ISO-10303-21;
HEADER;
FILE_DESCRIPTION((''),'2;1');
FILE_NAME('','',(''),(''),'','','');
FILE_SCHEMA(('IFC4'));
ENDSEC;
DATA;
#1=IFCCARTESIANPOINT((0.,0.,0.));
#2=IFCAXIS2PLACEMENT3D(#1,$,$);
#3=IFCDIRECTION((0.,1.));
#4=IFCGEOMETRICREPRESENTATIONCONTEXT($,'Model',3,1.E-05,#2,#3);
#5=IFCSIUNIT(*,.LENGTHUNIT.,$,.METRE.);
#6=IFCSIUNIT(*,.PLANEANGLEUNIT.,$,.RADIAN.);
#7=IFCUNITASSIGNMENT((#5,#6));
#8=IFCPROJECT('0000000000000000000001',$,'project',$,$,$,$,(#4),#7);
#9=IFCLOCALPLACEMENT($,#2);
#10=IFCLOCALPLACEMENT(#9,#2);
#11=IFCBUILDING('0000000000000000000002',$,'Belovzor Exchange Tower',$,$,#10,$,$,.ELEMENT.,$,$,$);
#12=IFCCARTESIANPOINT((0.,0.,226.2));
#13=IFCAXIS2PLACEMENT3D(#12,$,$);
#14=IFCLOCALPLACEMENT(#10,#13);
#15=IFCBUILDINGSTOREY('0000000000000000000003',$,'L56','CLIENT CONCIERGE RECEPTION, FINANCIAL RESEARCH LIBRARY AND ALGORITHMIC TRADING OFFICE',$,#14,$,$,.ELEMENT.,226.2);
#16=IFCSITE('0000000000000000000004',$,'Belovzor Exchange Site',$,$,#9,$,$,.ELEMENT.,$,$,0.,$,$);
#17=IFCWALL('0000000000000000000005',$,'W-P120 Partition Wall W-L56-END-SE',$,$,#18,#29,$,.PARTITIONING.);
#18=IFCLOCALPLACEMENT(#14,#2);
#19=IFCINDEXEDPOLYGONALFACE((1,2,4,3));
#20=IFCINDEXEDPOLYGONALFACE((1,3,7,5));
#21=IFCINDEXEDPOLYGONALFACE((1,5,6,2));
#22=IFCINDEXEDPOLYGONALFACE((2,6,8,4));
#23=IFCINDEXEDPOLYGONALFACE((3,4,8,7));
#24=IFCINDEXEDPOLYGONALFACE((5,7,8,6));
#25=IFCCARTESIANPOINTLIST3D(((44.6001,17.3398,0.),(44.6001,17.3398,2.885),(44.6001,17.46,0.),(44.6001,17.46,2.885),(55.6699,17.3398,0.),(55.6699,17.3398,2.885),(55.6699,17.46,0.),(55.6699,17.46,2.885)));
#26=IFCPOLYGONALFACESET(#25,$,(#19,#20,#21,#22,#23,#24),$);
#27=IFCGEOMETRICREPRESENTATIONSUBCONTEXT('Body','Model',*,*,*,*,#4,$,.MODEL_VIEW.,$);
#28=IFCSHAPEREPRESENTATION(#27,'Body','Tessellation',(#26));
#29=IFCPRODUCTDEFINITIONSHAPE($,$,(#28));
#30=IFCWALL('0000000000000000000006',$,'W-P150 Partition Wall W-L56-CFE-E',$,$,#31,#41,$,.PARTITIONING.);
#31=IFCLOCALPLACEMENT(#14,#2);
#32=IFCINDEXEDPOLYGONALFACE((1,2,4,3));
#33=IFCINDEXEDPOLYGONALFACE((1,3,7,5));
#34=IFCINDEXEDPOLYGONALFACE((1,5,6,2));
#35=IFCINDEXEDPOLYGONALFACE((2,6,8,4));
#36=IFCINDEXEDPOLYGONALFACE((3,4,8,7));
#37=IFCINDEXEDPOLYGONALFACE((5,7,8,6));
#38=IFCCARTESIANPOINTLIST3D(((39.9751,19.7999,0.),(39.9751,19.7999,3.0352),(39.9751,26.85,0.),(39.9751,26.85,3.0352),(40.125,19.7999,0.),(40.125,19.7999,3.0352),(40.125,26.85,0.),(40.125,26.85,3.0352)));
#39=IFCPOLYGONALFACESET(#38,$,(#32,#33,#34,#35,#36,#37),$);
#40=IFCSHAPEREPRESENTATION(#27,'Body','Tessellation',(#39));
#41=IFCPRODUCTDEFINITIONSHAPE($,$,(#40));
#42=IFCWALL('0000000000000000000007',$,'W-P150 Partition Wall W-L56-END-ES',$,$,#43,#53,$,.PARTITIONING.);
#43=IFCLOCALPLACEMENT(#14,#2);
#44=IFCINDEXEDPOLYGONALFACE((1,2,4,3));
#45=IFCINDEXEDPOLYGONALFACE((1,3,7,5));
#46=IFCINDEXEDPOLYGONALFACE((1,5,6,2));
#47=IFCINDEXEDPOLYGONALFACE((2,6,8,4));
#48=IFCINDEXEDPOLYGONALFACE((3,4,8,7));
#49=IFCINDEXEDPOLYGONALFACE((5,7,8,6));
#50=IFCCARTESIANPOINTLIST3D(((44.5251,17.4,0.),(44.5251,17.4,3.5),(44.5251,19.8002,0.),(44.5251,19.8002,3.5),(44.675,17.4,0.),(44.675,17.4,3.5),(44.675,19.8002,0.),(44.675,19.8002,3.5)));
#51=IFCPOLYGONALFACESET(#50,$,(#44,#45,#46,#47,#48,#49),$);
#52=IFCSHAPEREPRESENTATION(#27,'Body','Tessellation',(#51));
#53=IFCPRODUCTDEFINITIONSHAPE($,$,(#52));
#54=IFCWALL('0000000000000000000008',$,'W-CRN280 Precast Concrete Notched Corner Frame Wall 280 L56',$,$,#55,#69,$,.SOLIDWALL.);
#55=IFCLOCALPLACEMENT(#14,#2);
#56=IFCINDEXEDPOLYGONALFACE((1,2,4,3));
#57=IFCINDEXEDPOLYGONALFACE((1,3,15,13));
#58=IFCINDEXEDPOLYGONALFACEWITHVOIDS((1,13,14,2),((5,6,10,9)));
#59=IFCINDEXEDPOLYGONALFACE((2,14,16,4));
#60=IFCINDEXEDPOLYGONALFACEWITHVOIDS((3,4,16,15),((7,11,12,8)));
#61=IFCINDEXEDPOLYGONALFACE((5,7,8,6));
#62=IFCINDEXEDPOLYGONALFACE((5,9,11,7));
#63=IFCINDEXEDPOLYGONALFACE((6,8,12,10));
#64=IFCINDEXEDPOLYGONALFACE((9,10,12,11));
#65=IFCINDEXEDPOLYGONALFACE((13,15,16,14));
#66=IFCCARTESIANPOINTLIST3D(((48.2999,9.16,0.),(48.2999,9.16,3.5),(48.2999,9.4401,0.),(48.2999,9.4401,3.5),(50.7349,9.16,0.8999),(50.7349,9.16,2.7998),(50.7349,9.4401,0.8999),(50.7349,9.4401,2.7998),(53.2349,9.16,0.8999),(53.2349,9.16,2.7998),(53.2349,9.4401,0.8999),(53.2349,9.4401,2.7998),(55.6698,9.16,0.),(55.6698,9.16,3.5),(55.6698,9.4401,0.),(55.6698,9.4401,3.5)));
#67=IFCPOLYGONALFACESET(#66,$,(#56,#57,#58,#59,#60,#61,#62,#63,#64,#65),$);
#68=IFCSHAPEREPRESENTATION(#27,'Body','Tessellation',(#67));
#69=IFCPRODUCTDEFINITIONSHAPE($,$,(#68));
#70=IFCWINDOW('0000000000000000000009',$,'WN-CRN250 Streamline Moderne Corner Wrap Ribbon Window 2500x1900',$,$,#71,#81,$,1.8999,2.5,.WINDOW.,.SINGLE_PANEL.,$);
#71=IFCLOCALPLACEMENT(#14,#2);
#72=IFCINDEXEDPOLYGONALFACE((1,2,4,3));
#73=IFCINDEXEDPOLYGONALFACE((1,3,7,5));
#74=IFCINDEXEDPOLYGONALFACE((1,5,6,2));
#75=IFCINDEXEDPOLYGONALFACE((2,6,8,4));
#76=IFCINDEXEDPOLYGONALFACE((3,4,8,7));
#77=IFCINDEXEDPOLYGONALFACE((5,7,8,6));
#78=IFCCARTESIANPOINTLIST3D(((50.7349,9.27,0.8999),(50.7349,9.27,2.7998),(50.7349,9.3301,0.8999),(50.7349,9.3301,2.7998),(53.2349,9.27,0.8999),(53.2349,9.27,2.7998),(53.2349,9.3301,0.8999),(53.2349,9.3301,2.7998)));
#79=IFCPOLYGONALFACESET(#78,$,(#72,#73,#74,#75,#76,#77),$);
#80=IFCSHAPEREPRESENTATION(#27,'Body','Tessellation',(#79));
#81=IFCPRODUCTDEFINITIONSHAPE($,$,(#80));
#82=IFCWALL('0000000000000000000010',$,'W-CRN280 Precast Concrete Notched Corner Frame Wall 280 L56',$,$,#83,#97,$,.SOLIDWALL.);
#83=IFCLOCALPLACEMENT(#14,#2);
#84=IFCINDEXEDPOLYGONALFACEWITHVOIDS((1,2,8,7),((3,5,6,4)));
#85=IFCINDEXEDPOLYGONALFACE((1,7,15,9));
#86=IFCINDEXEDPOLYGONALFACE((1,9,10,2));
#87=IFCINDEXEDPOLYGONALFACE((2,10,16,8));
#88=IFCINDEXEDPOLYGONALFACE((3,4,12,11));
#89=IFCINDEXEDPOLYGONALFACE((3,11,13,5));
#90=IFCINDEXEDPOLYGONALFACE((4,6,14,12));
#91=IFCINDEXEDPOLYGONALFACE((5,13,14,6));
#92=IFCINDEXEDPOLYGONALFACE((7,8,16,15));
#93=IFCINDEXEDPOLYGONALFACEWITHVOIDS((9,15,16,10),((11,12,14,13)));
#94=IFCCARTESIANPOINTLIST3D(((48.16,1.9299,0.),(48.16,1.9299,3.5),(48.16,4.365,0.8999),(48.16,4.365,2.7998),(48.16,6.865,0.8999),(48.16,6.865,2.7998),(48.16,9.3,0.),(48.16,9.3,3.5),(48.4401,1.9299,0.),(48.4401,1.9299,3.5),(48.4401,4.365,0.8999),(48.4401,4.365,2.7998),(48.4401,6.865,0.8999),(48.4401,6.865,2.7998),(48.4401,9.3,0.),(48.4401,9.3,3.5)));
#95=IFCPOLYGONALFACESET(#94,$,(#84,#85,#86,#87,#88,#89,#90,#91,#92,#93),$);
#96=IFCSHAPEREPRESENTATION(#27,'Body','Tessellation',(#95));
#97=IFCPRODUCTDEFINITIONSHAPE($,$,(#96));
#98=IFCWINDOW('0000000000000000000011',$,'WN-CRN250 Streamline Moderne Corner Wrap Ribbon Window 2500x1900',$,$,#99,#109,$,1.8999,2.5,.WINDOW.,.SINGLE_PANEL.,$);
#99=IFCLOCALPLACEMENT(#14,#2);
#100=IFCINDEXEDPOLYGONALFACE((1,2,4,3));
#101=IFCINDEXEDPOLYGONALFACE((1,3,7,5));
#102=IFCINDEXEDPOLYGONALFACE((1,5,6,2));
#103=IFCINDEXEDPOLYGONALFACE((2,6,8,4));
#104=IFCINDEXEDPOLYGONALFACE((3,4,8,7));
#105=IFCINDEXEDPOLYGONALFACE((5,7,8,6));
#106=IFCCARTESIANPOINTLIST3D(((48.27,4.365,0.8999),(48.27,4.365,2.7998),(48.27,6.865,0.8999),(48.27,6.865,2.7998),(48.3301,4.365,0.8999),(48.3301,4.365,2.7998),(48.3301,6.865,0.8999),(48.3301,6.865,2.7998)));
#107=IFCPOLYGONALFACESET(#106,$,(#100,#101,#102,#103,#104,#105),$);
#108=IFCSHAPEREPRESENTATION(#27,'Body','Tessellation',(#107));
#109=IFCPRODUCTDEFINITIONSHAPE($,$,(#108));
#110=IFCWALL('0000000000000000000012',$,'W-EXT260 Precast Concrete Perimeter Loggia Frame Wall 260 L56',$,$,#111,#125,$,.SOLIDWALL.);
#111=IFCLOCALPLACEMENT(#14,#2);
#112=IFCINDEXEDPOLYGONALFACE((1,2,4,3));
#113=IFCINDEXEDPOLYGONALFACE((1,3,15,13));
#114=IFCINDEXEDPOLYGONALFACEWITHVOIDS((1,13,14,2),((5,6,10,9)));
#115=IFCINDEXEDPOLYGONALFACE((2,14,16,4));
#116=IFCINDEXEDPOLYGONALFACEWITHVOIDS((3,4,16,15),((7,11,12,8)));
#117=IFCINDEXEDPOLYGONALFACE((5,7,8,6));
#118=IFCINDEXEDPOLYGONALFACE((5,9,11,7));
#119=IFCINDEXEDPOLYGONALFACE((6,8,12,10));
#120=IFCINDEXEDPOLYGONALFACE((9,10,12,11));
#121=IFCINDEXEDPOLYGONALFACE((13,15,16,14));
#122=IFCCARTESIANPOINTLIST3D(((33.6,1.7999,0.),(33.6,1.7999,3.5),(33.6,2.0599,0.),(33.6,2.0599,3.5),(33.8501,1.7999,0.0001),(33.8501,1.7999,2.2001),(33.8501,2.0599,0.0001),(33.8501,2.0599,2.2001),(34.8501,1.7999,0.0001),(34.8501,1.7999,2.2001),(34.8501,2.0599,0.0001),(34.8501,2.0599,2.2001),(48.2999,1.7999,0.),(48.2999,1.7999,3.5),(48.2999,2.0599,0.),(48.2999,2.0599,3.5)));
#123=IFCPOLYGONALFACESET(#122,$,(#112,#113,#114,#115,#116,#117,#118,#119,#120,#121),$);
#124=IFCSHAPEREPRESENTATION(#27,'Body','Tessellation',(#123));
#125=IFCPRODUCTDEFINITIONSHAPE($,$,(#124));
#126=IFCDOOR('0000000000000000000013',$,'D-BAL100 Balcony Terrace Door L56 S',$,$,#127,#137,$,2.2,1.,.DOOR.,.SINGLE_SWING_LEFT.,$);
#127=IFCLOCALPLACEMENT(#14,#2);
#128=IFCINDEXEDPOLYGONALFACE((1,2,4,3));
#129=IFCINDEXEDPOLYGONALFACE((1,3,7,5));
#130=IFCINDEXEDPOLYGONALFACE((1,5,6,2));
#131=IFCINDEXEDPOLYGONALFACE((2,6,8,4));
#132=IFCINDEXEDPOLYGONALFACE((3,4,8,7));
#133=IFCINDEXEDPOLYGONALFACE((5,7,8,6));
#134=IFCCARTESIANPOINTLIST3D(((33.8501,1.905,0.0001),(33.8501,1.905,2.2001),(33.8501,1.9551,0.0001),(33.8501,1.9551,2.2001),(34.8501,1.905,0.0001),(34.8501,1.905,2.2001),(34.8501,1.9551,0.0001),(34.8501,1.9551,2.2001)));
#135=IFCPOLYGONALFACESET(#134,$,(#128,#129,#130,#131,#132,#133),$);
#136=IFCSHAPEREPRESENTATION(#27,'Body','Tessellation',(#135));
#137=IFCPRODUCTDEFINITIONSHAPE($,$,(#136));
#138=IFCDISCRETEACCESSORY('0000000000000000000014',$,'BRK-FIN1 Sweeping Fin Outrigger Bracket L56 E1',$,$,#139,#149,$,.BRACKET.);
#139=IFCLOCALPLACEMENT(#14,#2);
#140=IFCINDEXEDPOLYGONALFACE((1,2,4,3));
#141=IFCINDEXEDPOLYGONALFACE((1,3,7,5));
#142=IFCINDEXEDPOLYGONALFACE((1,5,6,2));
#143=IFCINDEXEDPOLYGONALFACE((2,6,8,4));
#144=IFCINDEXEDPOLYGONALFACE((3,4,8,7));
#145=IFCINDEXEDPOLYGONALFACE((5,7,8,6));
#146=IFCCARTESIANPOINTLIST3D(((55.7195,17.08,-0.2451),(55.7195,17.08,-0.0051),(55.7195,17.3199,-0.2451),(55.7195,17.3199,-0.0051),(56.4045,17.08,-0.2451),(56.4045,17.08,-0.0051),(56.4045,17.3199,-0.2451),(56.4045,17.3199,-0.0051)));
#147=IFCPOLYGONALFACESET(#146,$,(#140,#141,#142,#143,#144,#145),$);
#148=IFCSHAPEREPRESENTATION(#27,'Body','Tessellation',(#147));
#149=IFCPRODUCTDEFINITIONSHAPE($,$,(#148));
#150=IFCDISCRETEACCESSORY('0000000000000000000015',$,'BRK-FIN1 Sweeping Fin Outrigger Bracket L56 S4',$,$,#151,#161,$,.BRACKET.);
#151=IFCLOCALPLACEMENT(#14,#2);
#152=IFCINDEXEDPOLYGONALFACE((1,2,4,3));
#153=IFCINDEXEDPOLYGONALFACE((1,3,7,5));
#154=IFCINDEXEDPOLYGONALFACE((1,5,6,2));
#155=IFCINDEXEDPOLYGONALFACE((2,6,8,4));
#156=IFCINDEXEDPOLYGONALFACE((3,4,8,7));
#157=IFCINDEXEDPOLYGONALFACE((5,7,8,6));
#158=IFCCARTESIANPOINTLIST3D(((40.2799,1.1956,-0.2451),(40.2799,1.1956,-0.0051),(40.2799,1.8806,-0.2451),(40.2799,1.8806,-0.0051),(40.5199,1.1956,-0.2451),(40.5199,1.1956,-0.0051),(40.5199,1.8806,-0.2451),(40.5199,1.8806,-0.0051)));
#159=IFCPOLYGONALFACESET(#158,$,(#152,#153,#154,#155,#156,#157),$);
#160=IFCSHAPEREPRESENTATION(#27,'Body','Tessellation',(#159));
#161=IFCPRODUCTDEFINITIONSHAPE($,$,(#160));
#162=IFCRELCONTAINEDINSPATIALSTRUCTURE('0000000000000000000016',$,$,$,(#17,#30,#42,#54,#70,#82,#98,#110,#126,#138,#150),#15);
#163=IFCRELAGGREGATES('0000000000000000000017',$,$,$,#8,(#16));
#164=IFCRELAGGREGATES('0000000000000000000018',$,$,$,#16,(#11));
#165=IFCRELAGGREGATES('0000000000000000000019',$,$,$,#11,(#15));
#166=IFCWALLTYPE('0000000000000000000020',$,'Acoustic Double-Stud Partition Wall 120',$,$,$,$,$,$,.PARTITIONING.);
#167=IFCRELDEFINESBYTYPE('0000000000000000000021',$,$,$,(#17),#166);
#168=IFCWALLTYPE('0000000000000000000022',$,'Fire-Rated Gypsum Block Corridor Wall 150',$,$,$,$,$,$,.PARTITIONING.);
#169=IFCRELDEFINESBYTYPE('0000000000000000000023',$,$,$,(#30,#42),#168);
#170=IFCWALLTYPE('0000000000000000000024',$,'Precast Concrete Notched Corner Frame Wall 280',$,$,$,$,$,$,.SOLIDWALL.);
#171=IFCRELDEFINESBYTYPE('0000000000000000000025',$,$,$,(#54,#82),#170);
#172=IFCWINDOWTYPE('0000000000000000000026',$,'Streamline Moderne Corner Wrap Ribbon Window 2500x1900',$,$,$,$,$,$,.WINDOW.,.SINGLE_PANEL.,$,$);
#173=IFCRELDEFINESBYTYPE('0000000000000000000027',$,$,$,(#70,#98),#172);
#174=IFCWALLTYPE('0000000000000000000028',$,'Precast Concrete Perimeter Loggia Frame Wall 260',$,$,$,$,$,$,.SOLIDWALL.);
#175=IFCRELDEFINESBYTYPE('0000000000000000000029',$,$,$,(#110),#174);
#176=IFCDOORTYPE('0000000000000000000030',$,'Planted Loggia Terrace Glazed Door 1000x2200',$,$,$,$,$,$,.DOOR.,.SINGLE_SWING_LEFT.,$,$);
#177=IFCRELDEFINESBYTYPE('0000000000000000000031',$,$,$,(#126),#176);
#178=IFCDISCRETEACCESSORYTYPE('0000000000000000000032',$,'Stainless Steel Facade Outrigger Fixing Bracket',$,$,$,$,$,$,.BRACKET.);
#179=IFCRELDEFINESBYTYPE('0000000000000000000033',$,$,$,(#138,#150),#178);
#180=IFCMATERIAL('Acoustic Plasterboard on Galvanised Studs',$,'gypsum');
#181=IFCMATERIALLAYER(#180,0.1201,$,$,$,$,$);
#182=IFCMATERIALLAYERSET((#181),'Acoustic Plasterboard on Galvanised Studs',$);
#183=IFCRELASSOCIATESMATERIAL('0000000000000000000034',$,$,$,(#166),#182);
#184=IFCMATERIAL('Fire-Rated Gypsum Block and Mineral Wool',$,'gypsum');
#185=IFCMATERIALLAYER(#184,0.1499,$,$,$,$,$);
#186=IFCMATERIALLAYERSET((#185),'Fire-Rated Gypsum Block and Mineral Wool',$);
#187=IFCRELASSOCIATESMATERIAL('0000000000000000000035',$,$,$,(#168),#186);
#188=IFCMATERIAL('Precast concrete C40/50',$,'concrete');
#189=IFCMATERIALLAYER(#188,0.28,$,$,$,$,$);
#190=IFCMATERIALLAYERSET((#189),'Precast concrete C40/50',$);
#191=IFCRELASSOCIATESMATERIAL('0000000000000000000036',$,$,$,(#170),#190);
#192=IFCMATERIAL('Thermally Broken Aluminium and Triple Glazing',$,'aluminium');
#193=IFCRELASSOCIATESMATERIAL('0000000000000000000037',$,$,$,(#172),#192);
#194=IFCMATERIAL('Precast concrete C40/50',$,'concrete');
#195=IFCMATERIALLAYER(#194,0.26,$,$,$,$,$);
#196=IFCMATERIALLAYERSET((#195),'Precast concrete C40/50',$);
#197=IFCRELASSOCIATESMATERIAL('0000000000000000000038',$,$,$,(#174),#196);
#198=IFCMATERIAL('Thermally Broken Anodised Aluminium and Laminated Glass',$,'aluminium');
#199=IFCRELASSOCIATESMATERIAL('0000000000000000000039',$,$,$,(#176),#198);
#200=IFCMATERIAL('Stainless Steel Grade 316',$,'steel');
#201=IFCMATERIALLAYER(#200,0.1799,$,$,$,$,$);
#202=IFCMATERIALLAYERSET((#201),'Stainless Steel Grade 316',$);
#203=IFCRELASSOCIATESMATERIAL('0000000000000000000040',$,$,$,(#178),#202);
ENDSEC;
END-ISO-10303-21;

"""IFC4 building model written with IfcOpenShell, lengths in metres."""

from ifc_helpers import new_model, si_unit, direction, frame, frame_2d, origin, origin_2d, place, context, subcontext, project, spatial, rectangle, extrude, material, layer, layer_set, type_object, element, fill, save


model = new_model("IFC4")

# Units and contexts
model_context = context("Model", 3, precision=1e-05, world=origin(), true_north=direction((0.0, 1.0)))
body_context = subcontext(model_context, "Body", "Model", "MODEL_VIEW")
ifc_project = project(units=[si_unit("LENGTHUNIT", "METRE"), si_unit("PLANEANGLEUNIT", "RADIAN")], contexts=[model_context])

# Site, building, storey
site_placement = place(None, origin())
site = spatial("IfcSite", under=ifc_project, at=site_placement, Name="Belovzor Exchange Site", CompositionType="ELEMENT", RefElevation=0.0)
building_placement = place(site_placement, origin())
building = spatial("IfcBuilding", under=site, at=building_placement, Name="Belovzor Exchange Tower", CompositionType="ELEMENT")
storey_placement = place(building_placement, frame((0.0, 0.0, 226.2)))
storey = spatial("IfcBuildingStorey", under=building, at=storey_placement, Name="L56", Description="CLIENT CONCIERGE RECEPTION, FINANCIAL RESEARCH LIBRARY AND ALGORITHMIC TRADING OFFICE", CompositionType="ELEMENT", Elevation=226.2)

# Walls
ifc_material_1 = material(Name="Acoustic Plasterboard on Galvanised Studs", Category="gypsum")
ifc_layer_1 = layer(ifc_material_1, 0.1201)
ifc_layer_set_1 = layer_set([ifc_layer_1], Name="Acoustic Plasterboard on Galvanised Studs")
wall_type_1 = type_object("IfcWallType", Name="Acoustic Double-Stud Partition Wall 120", PredefinedType="PARTITIONING", material=ifc_layer_set_1)
wall_1_placement = place(storey_placement, frame((44.6001, 17.3999, 0.0), z_axis=(0.0, 0.0, 1.0), x_axis=(1.0, 0.0, 0.0)))
element("IfcWall", 1, at=wall_1_placement, inside=storey, type_object=wall_type_1, Name="W-P120 Partition Wall W-L56-END-SE", PredefinedType="PARTITIONING", context=body_context, shape_type="SweptSolid", body=[
    extrude(rectangle(XDim=11.0698, YDim=0.1201, at=frame_2d((5.5349, 0.0))), origin(), (0.0, 0.0, 1.0), 2.885),
])
ifc_material_2 = material(Name="Fire-Rated Gypsum Block and Mineral Wool", Category="gypsum")
ifc_layer_2 = layer(ifc_material_2, 0.1499)
ifc_layer_set_2 = layer_set([ifc_layer_2], Name="Fire-Rated Gypsum Block and Mineral Wool")
wall_type_2 = type_object("IfcWallType", Name="Fire-Rated Gypsum Block Corridor Wall 150", PredefinedType="PARTITIONING", material=ifc_layer_set_2)
wall_2_placement = place(storey_placement, frame((40.05, 19.8, 0.0), z_axis=(0.0, 0.0, 1.0), x_axis=(0.0, 1.0, 0.0)))
element("IfcWall", 2, at=wall_2_placement, inside=storey, type_object=wall_type_2, Name="W-P150 Partition Wall W-L56-CFE-E", PredefinedType="PARTITIONING", context=body_context, shape_type="SweptSolid", body=[
    extrude(rectangle(XDim=7.05, YDim=0.1499, at=frame_2d((3.5249, 0.0))), origin(), (0.0, 0.0, 1.0), 3.0352),
])
wall_3_placement = place(storey_placement, frame((44.6001, 17.3999, 0.0), z_axis=(0.0, 0.0, 1.0), x_axis=(0.0, 1.0, 0.0)))
element("IfcWall", 3, at=wall_3_placement, inside=storey, type_object=wall_type_2, Name="W-P150 Partition Wall W-L56-END-ES", PredefinedType="PARTITIONING", context=body_context, shape_type="SweptSolid", body=[
    extrude(rectangle(XDim=2.4001, YDim=0.1499, at=frame_2d((1.2002, 0.0))), origin(), (0.0, 0.0, 1.0), 3.5),
])

# Walls, openings, windows
ifc_material_3 = material(Name="Precast concrete C40/50", Category="concrete")
ifc_layer_3 = layer(ifc_material_3, 0.28)
ifc_layer_set_3 = layer_set([ifc_layer_3], Name="Precast concrete C40/50")
wall_type_3 = type_object("IfcWallType", Name="Precast Concrete Notched Corner Frame Wall 280", PredefinedType="SOLIDWALL", material=ifc_layer_set_3)
wall_4_placement = place(storey_placement, frame((55.6699, 9.3, 0.0), z_axis=(0.0, 0.0, 1.0), x_axis=(-1.0, 0.0, 0.0)))
wall_4 = element("IfcWall", 4, at=wall_4_placement, inside=storey, type_object=wall_type_3, Name="W-CRN280 Precast Concrete Notched Corner Frame Wall 280 L56", PredefinedType="SOLIDWALL", context=body_context, shape_type="SweptSolid", body=[
    extrude(rectangle(XDim=7.3699, YDim=0.28, at=frame_2d((3.6851, 0.0))), origin(), (0.0, 0.0, 1.0), 3.5),
])
opening_1_placement = place(wall_4_placement, frame((2.4351, 0.0, 0.8999)))
opening_1 = element("IfcOpeningElement", 5, at=opening_1_placement, cuts=wall_4, PredefinedType="OPENING", context=body_context, shape_type="SweptSolid", body=[
    extrude(rectangle(XDim=2.5, YDim=1.8999, at=frame_2d((1.25, 0.95))), frame((0.0, 0.1499, 0.0), z_axis=(0.0, -1.0, 0.0), x_axis=(1.0, 0.0, 0.0)), (0.0, 0.0, 1.0), 0.3),
])
ifc_material_4 = material(Name="Thermally Broken Aluminium and Triple Glazing", Category="aluminium")
window_type = type_object("IfcWindowType", Name="Streamline Moderne Corner Wrap Ribbon Window 2500x1900", PartitioningType="SINGLE_PANEL", PredefinedType="WINDOW", material=ifc_material_4)
window_1_placement = place(opening_1_placement, origin())
window_1 = element("IfcWindow", 6, at=window_1_placement, inside=storey, type_object=window_type, Name="WN-CRN250 Streamline Moderne Corner Wrap Ribbon Window 2500x1900", OverallHeight=1.8999, OverallWidth=2.5, PartitioningType="SINGLE_PANEL", PredefinedType="WINDOW", context=body_context, shape_type="SweptSolid", body=[
    extrude(rectangle(XDim=2.5, YDim=1.8999, at=frame_2d((1.25, 0.95))), frame((0.0, 0.03, 0.0), z_axis=(0.0, -1.0, 0.0), x_axis=(1.0, 0.0, 0.0)), (0.0, 0.0, 1.0), 0.0601),
])
fill(opening_1, window_1)
wall_5_placement = place(storey_placement, frame((48.3, 9.3, 0.0), z_axis=(0.0, 0.0, 1.0), x_axis=(0.0, -1.0, 0.0)))
wall_5 = element("IfcWall", 7, at=wall_5_placement, inside=storey, type_object=wall_type_3, Name="W-CRN280 Precast Concrete Notched Corner Frame Wall 280 L56", PredefinedType="SOLIDWALL", context=body_context, shape_type="SweptSolid", body=[
    extrude(rectangle(XDim=7.3701, YDim=0.28, at=frame_2d((3.6851, 0.0))), origin(), (0.0, 0.0, 1.0), 3.5),
])
opening_2_placement = place(wall_5_placement, frame((2.4351, 0.0, 0.8999)))
opening_2 = element("IfcOpeningElement", 8, at=opening_2_placement, cuts=wall_5, PredefinedType="OPENING", context=body_context, shape_type="SweptSolid", body=[
    extrude(rectangle(XDim=2.5, YDim=1.8999, at=frame_2d((1.25, 0.95))), frame((0.0, 0.1499, 0.0), z_axis=(0.0, -1.0, 0.0), x_axis=(1.0, 0.0, 0.0)), (0.0, 0.0, 1.0), 0.3),
])
window_2_placement = place(opening_2_placement, origin())
window_2 = element("IfcWindow", 9, at=window_2_placement, inside=storey, type_object=window_type, Name="WN-CRN250 Streamline Moderne Corner Wrap Ribbon Window 2500x1900", OverallHeight=1.8999, OverallWidth=2.5, PartitioningType="SINGLE_PANEL", PredefinedType="WINDOW", context=body_context, shape_type="SweptSolid", body=[
    extrude(rectangle(XDim=2.5, YDim=1.8999, at=frame_2d((1.25, 0.95))), frame((0.0, 0.03, 0.0), z_axis=(0.0, -1.0, 0.0), x_axis=(1.0, 0.0, 0.0)), (0.0, 0.0, 1.0), 0.0601),
])
fill(opening_2, window_2)

# Wall, opening, door
ifc_material_5 = material(Name="Precast concrete C40/50", Category="concrete")
ifc_layer_4 = layer(ifc_material_5, 0.26)
ifc_layer_set_4 = layer_set([ifc_layer_4], Name="Precast concrete C40/50")
wall_type_4 = type_object("IfcWallType", Name="Precast Concrete Perimeter Loggia Frame Wall 260", PredefinedType="SOLIDWALL", material=ifc_layer_set_4)
wall_6_placement = place(storey_placement, frame((48.3, 1.9299, 0.0), z_axis=(0.0, 0.0, 1.0), x_axis=(-1.0, 0.0, 0.0)))
wall_6 = element("IfcWall", 10, at=wall_6_placement, inside=storey, type_object=wall_type_4, Name="W-EXT260 Precast Concrete Perimeter Loggia Frame Wall 260 L56", PredefinedType="SOLIDWALL", context=body_context, shape_type="SweptSolid", body=[
    extrude(rectangle(XDim=14.7, YDim=0.26, at=frame_2d((7.3501, 0.0))), origin(), (0.0, 0.0, 1.0), 3.5),
])
opening_3_placement = place(wall_6_placement, frame((13.45, 0.0, 0.0)))
opening_3 = element("IfcOpeningElement", 11, at=opening_3_placement, cuts=wall_6, PredefinedType="OPENING", context=body_context, shape_type="SweptSolid", body=[
    extrude(rectangle(XDim=1.0, YDim=2.2, at=frame_2d((0.5, 1.1001))), frame((0.0, 0.1399, 0.0), z_axis=(0.0, -1.0, 0.0), x_axis=(1.0, 0.0, 0.0)), (0.0, 0.0, 1.0), 0.28),
])
ifc_material_6 = material(Name="Thermally Broken Anodised Aluminium and Laminated Glass", Category="aluminium")
door_type = type_object("IfcDoorType", Name="Planted Loggia Terrace Glazed Door 1000x2200", OperationType="SINGLE_SWING_LEFT", PredefinedType="DOOR", material=ifc_material_6)
door_placement = place(opening_3_placement, origin())
door = element("IfcDoor", 12, at=door_placement, inside=storey, type_object=door_type, Name="D-BAL100 Balcony Terrace Door L56 S", OperationType="SINGLE_SWING_LEFT", OverallHeight=2.2, OverallWidth=1.0, PredefinedType="DOOR", context=body_context, shape_type="SweptSolid", body=[
    extrude(rectangle(XDim=1.0, YDim=2.2, at=frame_2d((0.5, 1.1001))), frame((0.0, 0.0249, 0.0), z_axis=(0.0, -1.0, 0.0), x_axis=(1.0, 0.0, 0.0)), (0.0, 0.0, 1.0), 0.05),
])
fill(opening_3, door)

# Discrete accessories
ifc_material_7 = material(Name="Stainless Steel Grade 316", Category="steel")
ifc_layer_5 = layer(ifc_material_7, 0.1799)
ifc_layer_set_5 = layer_set([ifc_layer_5], Name="Stainless Steel Grade 316")
discrete_accessory_type = type_object("IfcDiscreteAccessoryType", Name="Stainless Steel Facade Outrigger Fixing Bracket", PredefinedType="BRACKET", material=ifc_layer_set_5)
for number, where, z_axis, x_axis, name in (
    (13, (56.062, 17.2, -0.2451), (0.0, 0.0, 1.0), (1.0, 0.0, 0.0), "BRK-FIN1 Sweeping Fin Outrigger Bracket L56 E1"),
    (14, (40.3999, 1.5381, -0.2451), (0.0, 0.0, 1.0), (0.0, 1.0, 0.0), "BRK-FIN1 Sweeping Fin Outrigger Bracket L56 S4"),
):
    element("IfcDiscreteAccessory", number, at=place(storey_placement, frame(where, z_axis=z_axis, x_axis=x_axis)), inside=storey, type_object=discrete_accessory_type, Name=name, PredefinedType="BRACKET", context=body_context, shape_type="SweptSolid", body=[
        extrude(rectangle(XDim=0.6851, YDim=0.24, at=origin_2d()), origin(), (0.0, 0.0, 1.0), 0.24),
    ])

save(model, "model.ifc")
